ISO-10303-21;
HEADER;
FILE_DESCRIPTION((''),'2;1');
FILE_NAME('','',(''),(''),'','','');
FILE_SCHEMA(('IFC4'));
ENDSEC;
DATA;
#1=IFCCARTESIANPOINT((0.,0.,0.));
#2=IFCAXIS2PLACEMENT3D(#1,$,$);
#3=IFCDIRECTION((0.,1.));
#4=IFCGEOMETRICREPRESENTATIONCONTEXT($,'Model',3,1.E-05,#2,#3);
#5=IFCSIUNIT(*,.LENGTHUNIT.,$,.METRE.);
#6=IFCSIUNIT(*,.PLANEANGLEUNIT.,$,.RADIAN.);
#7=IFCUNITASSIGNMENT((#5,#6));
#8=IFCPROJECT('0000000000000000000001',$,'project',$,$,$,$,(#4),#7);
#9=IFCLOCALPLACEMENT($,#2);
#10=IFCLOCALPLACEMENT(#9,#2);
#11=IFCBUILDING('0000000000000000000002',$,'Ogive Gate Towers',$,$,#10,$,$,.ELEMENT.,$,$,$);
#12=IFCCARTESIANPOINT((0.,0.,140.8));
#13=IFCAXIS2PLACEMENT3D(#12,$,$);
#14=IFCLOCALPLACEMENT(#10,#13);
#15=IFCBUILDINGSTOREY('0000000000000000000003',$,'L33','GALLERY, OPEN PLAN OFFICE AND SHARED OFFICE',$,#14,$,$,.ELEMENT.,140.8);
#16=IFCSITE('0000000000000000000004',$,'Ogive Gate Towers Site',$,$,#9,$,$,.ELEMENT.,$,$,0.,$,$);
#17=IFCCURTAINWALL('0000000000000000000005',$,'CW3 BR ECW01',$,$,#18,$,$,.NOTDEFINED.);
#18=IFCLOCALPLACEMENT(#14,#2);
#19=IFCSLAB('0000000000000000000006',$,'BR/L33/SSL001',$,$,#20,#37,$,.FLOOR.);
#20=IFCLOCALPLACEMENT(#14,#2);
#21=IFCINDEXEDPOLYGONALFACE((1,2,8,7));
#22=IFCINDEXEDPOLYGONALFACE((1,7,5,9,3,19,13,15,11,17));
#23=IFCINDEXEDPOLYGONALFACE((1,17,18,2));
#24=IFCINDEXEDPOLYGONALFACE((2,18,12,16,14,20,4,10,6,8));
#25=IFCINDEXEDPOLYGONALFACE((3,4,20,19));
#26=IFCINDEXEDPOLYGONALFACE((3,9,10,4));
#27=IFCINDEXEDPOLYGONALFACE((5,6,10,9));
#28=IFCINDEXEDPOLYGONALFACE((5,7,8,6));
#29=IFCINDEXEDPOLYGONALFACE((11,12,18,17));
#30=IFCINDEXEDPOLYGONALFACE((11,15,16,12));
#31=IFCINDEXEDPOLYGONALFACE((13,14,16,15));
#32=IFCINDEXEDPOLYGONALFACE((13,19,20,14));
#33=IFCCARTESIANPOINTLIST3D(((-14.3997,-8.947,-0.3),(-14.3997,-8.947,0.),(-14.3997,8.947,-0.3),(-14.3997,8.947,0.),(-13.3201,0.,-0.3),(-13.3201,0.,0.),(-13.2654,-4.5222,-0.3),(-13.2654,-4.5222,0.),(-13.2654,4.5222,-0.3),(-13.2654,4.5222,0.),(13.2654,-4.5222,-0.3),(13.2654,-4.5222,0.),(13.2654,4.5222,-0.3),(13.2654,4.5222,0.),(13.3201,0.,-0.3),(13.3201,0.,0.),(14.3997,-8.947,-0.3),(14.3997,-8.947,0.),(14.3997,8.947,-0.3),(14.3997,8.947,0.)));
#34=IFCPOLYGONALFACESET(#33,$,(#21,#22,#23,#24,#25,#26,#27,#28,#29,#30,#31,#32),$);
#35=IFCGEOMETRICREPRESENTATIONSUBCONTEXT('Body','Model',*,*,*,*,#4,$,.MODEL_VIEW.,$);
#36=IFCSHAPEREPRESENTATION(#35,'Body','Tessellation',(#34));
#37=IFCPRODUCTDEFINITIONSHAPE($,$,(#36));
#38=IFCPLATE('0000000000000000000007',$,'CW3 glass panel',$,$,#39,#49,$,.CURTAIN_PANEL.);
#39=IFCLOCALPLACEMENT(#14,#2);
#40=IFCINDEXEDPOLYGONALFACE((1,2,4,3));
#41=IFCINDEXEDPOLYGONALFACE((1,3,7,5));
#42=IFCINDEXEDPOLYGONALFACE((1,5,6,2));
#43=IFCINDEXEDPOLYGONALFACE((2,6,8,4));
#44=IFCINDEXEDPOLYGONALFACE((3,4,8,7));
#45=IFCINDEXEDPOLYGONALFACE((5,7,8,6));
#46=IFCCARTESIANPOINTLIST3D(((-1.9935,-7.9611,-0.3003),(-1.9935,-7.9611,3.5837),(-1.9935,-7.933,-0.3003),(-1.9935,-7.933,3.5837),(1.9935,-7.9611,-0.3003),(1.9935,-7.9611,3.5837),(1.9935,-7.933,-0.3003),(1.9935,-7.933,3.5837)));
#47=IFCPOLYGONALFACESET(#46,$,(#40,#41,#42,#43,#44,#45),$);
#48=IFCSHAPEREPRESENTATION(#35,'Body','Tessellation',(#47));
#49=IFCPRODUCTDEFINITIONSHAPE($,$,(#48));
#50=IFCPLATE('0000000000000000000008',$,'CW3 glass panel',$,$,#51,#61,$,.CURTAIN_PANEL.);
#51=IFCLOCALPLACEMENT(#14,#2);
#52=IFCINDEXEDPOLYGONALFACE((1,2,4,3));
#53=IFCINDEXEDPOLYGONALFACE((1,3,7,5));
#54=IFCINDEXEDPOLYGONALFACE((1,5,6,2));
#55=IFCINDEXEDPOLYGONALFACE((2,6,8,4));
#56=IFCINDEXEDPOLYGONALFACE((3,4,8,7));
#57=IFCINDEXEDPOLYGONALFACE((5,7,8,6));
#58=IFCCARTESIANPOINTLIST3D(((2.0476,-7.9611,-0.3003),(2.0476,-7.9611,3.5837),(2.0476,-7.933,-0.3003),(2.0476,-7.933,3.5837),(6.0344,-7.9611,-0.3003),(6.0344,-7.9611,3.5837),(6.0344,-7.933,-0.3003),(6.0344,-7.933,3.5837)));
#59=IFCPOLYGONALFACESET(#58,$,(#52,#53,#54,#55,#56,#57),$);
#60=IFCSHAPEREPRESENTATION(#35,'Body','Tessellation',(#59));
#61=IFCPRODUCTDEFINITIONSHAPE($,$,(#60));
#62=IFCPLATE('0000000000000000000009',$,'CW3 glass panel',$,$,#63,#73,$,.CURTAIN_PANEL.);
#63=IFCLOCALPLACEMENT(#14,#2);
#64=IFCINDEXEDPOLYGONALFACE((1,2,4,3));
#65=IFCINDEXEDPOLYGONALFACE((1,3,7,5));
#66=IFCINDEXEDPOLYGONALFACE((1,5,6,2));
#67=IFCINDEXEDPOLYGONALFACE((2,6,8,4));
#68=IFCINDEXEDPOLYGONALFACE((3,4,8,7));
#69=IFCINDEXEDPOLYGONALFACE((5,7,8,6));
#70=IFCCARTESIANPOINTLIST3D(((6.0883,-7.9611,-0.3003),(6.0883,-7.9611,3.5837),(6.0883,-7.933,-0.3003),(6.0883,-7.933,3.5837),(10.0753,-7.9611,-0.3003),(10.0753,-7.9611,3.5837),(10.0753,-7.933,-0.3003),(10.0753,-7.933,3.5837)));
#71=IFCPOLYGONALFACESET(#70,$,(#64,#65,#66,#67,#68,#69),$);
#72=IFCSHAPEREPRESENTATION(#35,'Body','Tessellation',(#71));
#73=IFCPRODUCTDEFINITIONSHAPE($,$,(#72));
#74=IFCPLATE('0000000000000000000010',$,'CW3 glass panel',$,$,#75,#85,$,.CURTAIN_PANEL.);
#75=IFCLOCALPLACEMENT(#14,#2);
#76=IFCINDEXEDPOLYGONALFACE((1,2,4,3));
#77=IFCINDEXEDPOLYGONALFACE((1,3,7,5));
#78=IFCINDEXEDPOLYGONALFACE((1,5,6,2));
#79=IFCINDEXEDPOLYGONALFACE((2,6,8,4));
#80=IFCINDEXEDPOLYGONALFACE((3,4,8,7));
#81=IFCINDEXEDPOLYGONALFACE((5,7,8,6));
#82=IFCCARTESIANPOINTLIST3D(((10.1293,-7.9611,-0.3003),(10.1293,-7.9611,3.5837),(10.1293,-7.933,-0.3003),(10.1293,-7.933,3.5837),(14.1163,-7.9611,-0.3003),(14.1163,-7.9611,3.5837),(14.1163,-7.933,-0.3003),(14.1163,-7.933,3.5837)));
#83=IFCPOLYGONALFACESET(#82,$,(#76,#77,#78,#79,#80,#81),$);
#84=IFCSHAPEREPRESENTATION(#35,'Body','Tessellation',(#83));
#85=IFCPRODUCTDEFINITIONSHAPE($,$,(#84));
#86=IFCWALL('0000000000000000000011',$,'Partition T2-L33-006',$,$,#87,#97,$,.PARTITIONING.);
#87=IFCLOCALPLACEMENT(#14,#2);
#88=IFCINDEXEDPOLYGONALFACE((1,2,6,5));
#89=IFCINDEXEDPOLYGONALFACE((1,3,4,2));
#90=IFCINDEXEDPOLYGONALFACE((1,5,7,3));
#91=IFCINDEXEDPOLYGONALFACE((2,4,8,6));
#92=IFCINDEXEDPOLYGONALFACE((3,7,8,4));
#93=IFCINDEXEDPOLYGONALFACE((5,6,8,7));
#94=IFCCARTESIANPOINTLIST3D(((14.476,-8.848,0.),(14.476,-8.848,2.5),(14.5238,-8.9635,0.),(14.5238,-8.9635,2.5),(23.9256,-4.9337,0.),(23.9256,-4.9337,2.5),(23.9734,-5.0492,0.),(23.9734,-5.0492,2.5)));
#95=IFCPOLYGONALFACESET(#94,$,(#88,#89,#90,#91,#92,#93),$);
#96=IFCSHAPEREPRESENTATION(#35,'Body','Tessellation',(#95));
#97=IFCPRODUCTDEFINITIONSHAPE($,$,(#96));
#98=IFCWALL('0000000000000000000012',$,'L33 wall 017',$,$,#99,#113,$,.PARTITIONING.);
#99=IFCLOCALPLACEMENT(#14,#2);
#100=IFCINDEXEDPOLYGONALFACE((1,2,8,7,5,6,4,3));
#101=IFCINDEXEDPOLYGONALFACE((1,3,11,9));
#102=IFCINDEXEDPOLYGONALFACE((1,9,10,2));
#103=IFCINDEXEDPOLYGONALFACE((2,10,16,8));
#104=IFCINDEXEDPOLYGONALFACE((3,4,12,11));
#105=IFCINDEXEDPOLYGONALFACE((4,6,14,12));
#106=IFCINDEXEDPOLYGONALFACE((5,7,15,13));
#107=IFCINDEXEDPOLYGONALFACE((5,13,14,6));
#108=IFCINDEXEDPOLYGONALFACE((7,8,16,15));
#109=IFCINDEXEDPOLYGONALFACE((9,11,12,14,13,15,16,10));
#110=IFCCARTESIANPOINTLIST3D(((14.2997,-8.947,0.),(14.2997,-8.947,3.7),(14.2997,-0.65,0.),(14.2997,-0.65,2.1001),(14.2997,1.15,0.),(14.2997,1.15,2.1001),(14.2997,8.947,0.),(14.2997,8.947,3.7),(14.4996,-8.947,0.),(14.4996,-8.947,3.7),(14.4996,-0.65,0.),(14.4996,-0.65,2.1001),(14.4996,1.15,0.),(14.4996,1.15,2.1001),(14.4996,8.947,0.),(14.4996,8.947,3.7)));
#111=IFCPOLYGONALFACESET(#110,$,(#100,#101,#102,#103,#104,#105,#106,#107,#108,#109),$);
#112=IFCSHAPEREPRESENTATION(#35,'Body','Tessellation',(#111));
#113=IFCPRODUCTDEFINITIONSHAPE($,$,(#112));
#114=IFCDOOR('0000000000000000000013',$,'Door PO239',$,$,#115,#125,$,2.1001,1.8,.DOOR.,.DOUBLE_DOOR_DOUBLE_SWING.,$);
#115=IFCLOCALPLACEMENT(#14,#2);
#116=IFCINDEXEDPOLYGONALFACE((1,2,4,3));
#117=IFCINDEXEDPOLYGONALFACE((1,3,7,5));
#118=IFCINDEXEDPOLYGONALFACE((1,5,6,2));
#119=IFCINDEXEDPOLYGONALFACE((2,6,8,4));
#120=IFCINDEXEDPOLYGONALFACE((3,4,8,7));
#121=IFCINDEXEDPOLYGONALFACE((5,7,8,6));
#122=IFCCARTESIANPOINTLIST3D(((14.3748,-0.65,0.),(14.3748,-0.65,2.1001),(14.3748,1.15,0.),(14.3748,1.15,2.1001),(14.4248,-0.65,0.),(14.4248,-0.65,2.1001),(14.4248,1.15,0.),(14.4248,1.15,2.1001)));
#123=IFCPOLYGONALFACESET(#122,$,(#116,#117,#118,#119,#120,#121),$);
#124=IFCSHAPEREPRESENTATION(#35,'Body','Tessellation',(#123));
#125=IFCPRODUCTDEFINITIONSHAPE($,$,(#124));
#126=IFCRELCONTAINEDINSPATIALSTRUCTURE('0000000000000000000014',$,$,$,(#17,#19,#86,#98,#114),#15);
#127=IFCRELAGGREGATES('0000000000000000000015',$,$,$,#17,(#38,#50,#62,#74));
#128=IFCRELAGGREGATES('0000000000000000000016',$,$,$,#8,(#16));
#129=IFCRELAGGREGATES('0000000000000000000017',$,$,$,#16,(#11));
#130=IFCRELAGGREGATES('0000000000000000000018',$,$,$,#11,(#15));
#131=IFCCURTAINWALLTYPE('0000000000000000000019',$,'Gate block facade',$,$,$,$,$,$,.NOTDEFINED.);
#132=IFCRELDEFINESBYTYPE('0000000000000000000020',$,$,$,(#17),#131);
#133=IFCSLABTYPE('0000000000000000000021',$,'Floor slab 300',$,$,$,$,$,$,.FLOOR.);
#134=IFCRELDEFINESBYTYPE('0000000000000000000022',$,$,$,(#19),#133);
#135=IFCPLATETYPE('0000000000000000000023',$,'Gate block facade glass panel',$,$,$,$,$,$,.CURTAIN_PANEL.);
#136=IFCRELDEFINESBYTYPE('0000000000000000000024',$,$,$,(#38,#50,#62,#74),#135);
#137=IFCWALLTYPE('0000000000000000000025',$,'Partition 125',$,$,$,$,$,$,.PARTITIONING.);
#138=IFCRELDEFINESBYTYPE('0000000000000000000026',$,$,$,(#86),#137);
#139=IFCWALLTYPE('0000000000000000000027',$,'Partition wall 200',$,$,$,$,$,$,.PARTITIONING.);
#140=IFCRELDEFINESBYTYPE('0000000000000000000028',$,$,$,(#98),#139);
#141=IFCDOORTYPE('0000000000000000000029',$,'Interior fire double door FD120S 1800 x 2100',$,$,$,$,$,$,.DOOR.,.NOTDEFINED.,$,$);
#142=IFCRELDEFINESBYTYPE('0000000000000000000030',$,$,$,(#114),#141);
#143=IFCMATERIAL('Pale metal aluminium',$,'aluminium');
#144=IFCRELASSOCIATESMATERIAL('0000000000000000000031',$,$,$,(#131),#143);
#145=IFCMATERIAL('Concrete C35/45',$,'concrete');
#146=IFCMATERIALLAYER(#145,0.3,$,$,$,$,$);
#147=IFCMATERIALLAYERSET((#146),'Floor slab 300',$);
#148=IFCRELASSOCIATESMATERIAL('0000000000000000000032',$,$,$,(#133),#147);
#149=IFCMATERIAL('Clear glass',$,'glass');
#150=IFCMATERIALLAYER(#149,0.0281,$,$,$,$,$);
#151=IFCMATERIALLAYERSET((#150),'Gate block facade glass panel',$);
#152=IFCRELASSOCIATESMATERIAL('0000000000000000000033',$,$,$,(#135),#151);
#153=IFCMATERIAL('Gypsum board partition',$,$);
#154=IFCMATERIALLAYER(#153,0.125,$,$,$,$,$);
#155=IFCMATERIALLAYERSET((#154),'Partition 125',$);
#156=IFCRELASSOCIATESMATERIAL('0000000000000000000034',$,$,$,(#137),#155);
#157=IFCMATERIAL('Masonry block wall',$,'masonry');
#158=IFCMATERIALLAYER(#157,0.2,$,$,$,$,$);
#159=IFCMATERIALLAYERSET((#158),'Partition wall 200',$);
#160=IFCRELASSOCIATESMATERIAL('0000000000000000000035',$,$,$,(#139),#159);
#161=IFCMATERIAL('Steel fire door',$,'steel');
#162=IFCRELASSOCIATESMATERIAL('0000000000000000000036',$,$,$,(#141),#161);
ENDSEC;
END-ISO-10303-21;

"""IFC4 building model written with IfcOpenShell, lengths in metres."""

from ifc_helpers import new_model, si_unit, direction, frame, frame_2d, origin, origin_2d, place, context, subcontext, project, spatial, polyline, rectangle, outline, extrude, material, layer, layer_set, type_object, element, fill, aggregate, save


model = new_model("IFC4")

# Units and contexts
model_context = context("Model", 3, precision=1e-05, world=origin(), true_north=direction((0.0, 1.0)))
body_context = subcontext(model_context, "Body", "Model", "MODEL_VIEW")
ifc_project = project(units=[si_unit("LENGTHUNIT", "METRE"), si_unit("PLANEANGLEUNIT", "RADIAN")], contexts=[model_context])

# Site, building, storey
site_placement = place(None, origin())
site = spatial("IfcSite", under=ifc_project, at=site_placement, Name="Ogive Gate Towers Site", CompositionType="ELEMENT", RefElevation=0.0)
building_placement = place(site_placement, origin())
building = spatial("IfcBuilding", under=site, at=building_placement, Name="Ogive Gate Towers", CompositionType="ELEMENT")
storey_placement = place(building_placement, frame((0.0, 0.0, 140.8)))
storey = spatial("IfcBuildingStorey", under=building, at=storey_placement, Name="L33", Description="GALLERY, OPEN PLAN OFFICE AND SHARED OFFICE", CompositionType="ELEMENT", Elevation=140.8)

# Curtain wall
ifc_material_1 = material(Name="Pale metal aluminium", Category="aluminium")
curtain_wall_type_1 = type_object("IfcCurtainWallType", Name="Gate block facade", PredefinedType="NOTDEFINED", material=ifc_material_1)
curtain_wall_1_placement = place(storey_placement, origin())
curtain_wall_1 = element("IfcCurtainWall", 1, at=curtain_wall_1_placement, inside=storey, type_object=curtain_wall_type_1, Name="CW3 BR ECW01", PredefinedType="NOTDEFINED")

# Slab
ifc_material_2 = material(Name="Concrete C35/45", Category="concrete")
ifc_layer_1 = layer(ifc_material_2, 0.3)
ifc_layer_set_1 = layer_set([ifc_layer_1], Name="Floor slab 300")
slab_type_1 = type_object("IfcSlabType", Name="Floor slab 300", PredefinedType="FLOOR", material=ifc_layer_set_1)
slab_1_placement = place(storey_placement, frame((0.0, 0.0, -0.3)))
element("IfcSlab", 2, at=slab_1_placement, inside=storey, type_object=slab_type_1, Name="BR/L33/SSL001", PredefinedType="FLOOR", context=body_context, shape_type="SweptSolid", body=[
    extrude(outline(polyline([(-14.3997, -8.947), (14.3997, -8.947), (14.3997, -8.947), (13.2654, -4.5222), (13.3201, 0.0), (13.2654, 4.5222), (14.3997, 8.947), (-14.3997, 8.947), (-13.2654, 4.5222), (-13.3201, 0.0), (-13.2654, -4.5222), (-14.3997, -8.947), (-14.3997, -8.947)])), origin(), (0.0, 0.0, 1.0), 0.3),
])

# Plates
ifc_material_3 = material(Name="Clear glass", Category="glass")
ifc_layer_2 = layer(ifc_material_3, 0.0281)
ifc_layer_set_2 = layer_set([ifc_layer_2], Name="Gate block facade glass panel")
plate_type = type_object("IfcPlateType", Name="Gate block facade glass panel", PredefinedType="CURTAIN_PANEL", material=ifc_layer_set_2)
plate_1_placement = place(storey_placement, frame((0.0, -7.947, -0.3003), z_axis=(0.0, 0.0, 1.0), x_axis=(1.0, 0.0, 0.0)))
plate_1 = element("IfcPlate", 3, at=plate_1_placement, type_object=plate_type, Name="CW3 glass panel", PredefinedType="CURTAIN_PANEL", context=body_context, shape_type="SweptSolid", body=[
    extrude(rectangle(XDim=3.9871, YDim=0.0281, at=origin_2d()), origin(), (0.0, 0.0, 1.0), 3.884),
])
plate_2_placement = place(storey_placement, frame((4.041, -7.947, -0.3003), z_axis=(0.0, 0.0, 1.0), x_axis=(1.0, 0.0, 0.0)))
plate_2 = element("IfcPlate", 4, at=plate_2_placement, type_object=plate_type, Name="CW3 glass panel", PredefinedType="CURTAIN_PANEL", context=body_context, shape_type="SweptSolid", body=[
    extrude(rectangle(XDim=3.9868, YDim=0.0281, at=origin_2d()), origin(), (0.0, 0.0, 1.0), 3.884),
])
plate_3_placement = place(storey_placement, frame((8.0818, -7.947, -0.3003), z_axis=(0.0, 0.0, 1.0), x_axis=(1.0, 0.0, 0.0)))
plate_3 = element("IfcPlate", 5, at=plate_3_placement, type_object=plate_type, Name="CW3 glass panel", PredefinedType="CURTAIN_PANEL", context=body_context, shape_type="SweptSolid", body=[
    extrude(rectangle(XDim=3.9871, YDim=0.0281, at=origin_2d()), origin(), (0.0, 0.0, 1.0), 3.884),
])
plate_4_placement = place(storey_placement, frame((12.1228, -7.947, -0.3003), z_axis=(0.0, 0.0, 1.0), x_axis=(1.0, 0.0, 0.0)))
plate_4 = element("IfcPlate", 6, at=plate_4_placement, type_object=plate_type, Name="CW3 glass panel", PredefinedType="CURTAIN_PANEL", context=body_context, shape_type="SweptSolid", body=[
    extrude(rectangle(XDim=3.9871, YDim=0.0281, at=origin_2d()), origin(), (0.0, 0.0, 1.0), 3.884),
])
aggregate(curtain_wall_1, [plate_1, plate_2, plate_3, plate_4])

# Wall
ifc_material_4 = material(Name="Gypsum board partition")
ifc_layer_3 = layer(ifc_material_4, 0.125)
ifc_layer_set_3 = layer_set([ifc_layer_3], Name="Partition 125")
wall_type_1 = type_object("IfcWallType", Name="Partition 125", PredefinedType="PARTITIONING", material=ifc_layer_set_3)
wall_1_placement = place(storey_placement, frame((14.4998, -8.9058, 0.0), z_axis=(0.0, 0.0, 1.0), x_axis=(0.923876, 0.382693, 0.0)))
element("IfcWall", 7, at=wall_1_placement, inside=storey, type_object=wall_type_1, Name="Partition T2-L33-006", PredefinedType="PARTITIONING", context=body_context, shape_type="SweptSolid", body=[
    extrude(rectangle(XDim=10.2283, YDim=0.125, at=frame_2d((5.1143, 0.0))), origin(), (0.0, 0.0, 1.0), 2.5),
])

# Wall, opening, door
ifc_material_5 = material(Name="Masonry block wall", Category="masonry")
ifc_layer_4 = layer(ifc_material_5, 0.2)
ifc_layer_set_4 = layer_set([ifc_layer_4], Name="Partition wall 200")
wall_type_2 = type_object("IfcWallType", Name="Partition wall 200", PredefinedType="PARTITIONING", material=ifc_layer_set_4)
wall_2_placement = place(storey_placement, frame((14.3997, -8.947, 0.0), z_axis=(0.0, 0.0, 1.0), x_axis=(0.0, 1.0, 0.0)))
wall_2 = element("IfcWall", 8, at=wall_2_placement, inside=storey, type_object=wall_type_2, Name="L33 wall 017", PredefinedType="PARTITIONING", context=body_context, shape_type="SweptSolid", body=[
    extrude(rectangle(XDim=17.894, YDim=0.2, at=frame_2d((8.947, 0.0))), origin(), (0.0, 0.0, 1.0), 3.7),
])
opening_placement = place(wall_2_placement, frame((8.2971, 0.0, 0.0)))
opening = element("IfcOpeningElement", 9, at=opening_placement, cuts=wall_2, PredefinedType="OPENING", context=body_context, shape_type="SweptSolid", body=[
    extrude(rectangle(XDim=1.8, YDim=2.1001, at=frame_2d((0.8999, 1.05))), frame((0.0, 0.1099, 0.0), z_axis=(0.0, -1.0, 0.0), x_axis=(1.0, 0.0, 0.0)), (0.0, 0.0, 1.0), 0.22),
])
ifc_material_6 = material(Name="Steel fire door", Category="steel")
door_type = type_object("IfcDoorType", Name="Interior fire double door FD120S 1800 x 2100", OperationType="NOTDEFINED", PredefinedType="DOOR", material=ifc_material_6)
door_placement = place(opening_placement, origin())
door = element("IfcDoor", 10, at=door_placement, inside=storey, type_object=door_type, Name="Door PO239", OperationType="DOUBLE_DOOR_DOUBLE_SWING", OverallHeight=2.1001, OverallWidth=1.8, PredefinedType="DOOR", context=body_context, shape_type="SweptSolid", body=[
    extrude(rectangle(XDim=1.8, YDim=2.1001, at=frame_2d((0.8999, 1.05))), frame((0.0, 0.0249, 0.0), z_axis=(0.0, -1.0, 0.0), x_axis=(1.0, 0.0, 0.0)), (0.0, 0.0, 1.0), 0.05),
])
fill(opening, door)

save(model, "model.ifc")
